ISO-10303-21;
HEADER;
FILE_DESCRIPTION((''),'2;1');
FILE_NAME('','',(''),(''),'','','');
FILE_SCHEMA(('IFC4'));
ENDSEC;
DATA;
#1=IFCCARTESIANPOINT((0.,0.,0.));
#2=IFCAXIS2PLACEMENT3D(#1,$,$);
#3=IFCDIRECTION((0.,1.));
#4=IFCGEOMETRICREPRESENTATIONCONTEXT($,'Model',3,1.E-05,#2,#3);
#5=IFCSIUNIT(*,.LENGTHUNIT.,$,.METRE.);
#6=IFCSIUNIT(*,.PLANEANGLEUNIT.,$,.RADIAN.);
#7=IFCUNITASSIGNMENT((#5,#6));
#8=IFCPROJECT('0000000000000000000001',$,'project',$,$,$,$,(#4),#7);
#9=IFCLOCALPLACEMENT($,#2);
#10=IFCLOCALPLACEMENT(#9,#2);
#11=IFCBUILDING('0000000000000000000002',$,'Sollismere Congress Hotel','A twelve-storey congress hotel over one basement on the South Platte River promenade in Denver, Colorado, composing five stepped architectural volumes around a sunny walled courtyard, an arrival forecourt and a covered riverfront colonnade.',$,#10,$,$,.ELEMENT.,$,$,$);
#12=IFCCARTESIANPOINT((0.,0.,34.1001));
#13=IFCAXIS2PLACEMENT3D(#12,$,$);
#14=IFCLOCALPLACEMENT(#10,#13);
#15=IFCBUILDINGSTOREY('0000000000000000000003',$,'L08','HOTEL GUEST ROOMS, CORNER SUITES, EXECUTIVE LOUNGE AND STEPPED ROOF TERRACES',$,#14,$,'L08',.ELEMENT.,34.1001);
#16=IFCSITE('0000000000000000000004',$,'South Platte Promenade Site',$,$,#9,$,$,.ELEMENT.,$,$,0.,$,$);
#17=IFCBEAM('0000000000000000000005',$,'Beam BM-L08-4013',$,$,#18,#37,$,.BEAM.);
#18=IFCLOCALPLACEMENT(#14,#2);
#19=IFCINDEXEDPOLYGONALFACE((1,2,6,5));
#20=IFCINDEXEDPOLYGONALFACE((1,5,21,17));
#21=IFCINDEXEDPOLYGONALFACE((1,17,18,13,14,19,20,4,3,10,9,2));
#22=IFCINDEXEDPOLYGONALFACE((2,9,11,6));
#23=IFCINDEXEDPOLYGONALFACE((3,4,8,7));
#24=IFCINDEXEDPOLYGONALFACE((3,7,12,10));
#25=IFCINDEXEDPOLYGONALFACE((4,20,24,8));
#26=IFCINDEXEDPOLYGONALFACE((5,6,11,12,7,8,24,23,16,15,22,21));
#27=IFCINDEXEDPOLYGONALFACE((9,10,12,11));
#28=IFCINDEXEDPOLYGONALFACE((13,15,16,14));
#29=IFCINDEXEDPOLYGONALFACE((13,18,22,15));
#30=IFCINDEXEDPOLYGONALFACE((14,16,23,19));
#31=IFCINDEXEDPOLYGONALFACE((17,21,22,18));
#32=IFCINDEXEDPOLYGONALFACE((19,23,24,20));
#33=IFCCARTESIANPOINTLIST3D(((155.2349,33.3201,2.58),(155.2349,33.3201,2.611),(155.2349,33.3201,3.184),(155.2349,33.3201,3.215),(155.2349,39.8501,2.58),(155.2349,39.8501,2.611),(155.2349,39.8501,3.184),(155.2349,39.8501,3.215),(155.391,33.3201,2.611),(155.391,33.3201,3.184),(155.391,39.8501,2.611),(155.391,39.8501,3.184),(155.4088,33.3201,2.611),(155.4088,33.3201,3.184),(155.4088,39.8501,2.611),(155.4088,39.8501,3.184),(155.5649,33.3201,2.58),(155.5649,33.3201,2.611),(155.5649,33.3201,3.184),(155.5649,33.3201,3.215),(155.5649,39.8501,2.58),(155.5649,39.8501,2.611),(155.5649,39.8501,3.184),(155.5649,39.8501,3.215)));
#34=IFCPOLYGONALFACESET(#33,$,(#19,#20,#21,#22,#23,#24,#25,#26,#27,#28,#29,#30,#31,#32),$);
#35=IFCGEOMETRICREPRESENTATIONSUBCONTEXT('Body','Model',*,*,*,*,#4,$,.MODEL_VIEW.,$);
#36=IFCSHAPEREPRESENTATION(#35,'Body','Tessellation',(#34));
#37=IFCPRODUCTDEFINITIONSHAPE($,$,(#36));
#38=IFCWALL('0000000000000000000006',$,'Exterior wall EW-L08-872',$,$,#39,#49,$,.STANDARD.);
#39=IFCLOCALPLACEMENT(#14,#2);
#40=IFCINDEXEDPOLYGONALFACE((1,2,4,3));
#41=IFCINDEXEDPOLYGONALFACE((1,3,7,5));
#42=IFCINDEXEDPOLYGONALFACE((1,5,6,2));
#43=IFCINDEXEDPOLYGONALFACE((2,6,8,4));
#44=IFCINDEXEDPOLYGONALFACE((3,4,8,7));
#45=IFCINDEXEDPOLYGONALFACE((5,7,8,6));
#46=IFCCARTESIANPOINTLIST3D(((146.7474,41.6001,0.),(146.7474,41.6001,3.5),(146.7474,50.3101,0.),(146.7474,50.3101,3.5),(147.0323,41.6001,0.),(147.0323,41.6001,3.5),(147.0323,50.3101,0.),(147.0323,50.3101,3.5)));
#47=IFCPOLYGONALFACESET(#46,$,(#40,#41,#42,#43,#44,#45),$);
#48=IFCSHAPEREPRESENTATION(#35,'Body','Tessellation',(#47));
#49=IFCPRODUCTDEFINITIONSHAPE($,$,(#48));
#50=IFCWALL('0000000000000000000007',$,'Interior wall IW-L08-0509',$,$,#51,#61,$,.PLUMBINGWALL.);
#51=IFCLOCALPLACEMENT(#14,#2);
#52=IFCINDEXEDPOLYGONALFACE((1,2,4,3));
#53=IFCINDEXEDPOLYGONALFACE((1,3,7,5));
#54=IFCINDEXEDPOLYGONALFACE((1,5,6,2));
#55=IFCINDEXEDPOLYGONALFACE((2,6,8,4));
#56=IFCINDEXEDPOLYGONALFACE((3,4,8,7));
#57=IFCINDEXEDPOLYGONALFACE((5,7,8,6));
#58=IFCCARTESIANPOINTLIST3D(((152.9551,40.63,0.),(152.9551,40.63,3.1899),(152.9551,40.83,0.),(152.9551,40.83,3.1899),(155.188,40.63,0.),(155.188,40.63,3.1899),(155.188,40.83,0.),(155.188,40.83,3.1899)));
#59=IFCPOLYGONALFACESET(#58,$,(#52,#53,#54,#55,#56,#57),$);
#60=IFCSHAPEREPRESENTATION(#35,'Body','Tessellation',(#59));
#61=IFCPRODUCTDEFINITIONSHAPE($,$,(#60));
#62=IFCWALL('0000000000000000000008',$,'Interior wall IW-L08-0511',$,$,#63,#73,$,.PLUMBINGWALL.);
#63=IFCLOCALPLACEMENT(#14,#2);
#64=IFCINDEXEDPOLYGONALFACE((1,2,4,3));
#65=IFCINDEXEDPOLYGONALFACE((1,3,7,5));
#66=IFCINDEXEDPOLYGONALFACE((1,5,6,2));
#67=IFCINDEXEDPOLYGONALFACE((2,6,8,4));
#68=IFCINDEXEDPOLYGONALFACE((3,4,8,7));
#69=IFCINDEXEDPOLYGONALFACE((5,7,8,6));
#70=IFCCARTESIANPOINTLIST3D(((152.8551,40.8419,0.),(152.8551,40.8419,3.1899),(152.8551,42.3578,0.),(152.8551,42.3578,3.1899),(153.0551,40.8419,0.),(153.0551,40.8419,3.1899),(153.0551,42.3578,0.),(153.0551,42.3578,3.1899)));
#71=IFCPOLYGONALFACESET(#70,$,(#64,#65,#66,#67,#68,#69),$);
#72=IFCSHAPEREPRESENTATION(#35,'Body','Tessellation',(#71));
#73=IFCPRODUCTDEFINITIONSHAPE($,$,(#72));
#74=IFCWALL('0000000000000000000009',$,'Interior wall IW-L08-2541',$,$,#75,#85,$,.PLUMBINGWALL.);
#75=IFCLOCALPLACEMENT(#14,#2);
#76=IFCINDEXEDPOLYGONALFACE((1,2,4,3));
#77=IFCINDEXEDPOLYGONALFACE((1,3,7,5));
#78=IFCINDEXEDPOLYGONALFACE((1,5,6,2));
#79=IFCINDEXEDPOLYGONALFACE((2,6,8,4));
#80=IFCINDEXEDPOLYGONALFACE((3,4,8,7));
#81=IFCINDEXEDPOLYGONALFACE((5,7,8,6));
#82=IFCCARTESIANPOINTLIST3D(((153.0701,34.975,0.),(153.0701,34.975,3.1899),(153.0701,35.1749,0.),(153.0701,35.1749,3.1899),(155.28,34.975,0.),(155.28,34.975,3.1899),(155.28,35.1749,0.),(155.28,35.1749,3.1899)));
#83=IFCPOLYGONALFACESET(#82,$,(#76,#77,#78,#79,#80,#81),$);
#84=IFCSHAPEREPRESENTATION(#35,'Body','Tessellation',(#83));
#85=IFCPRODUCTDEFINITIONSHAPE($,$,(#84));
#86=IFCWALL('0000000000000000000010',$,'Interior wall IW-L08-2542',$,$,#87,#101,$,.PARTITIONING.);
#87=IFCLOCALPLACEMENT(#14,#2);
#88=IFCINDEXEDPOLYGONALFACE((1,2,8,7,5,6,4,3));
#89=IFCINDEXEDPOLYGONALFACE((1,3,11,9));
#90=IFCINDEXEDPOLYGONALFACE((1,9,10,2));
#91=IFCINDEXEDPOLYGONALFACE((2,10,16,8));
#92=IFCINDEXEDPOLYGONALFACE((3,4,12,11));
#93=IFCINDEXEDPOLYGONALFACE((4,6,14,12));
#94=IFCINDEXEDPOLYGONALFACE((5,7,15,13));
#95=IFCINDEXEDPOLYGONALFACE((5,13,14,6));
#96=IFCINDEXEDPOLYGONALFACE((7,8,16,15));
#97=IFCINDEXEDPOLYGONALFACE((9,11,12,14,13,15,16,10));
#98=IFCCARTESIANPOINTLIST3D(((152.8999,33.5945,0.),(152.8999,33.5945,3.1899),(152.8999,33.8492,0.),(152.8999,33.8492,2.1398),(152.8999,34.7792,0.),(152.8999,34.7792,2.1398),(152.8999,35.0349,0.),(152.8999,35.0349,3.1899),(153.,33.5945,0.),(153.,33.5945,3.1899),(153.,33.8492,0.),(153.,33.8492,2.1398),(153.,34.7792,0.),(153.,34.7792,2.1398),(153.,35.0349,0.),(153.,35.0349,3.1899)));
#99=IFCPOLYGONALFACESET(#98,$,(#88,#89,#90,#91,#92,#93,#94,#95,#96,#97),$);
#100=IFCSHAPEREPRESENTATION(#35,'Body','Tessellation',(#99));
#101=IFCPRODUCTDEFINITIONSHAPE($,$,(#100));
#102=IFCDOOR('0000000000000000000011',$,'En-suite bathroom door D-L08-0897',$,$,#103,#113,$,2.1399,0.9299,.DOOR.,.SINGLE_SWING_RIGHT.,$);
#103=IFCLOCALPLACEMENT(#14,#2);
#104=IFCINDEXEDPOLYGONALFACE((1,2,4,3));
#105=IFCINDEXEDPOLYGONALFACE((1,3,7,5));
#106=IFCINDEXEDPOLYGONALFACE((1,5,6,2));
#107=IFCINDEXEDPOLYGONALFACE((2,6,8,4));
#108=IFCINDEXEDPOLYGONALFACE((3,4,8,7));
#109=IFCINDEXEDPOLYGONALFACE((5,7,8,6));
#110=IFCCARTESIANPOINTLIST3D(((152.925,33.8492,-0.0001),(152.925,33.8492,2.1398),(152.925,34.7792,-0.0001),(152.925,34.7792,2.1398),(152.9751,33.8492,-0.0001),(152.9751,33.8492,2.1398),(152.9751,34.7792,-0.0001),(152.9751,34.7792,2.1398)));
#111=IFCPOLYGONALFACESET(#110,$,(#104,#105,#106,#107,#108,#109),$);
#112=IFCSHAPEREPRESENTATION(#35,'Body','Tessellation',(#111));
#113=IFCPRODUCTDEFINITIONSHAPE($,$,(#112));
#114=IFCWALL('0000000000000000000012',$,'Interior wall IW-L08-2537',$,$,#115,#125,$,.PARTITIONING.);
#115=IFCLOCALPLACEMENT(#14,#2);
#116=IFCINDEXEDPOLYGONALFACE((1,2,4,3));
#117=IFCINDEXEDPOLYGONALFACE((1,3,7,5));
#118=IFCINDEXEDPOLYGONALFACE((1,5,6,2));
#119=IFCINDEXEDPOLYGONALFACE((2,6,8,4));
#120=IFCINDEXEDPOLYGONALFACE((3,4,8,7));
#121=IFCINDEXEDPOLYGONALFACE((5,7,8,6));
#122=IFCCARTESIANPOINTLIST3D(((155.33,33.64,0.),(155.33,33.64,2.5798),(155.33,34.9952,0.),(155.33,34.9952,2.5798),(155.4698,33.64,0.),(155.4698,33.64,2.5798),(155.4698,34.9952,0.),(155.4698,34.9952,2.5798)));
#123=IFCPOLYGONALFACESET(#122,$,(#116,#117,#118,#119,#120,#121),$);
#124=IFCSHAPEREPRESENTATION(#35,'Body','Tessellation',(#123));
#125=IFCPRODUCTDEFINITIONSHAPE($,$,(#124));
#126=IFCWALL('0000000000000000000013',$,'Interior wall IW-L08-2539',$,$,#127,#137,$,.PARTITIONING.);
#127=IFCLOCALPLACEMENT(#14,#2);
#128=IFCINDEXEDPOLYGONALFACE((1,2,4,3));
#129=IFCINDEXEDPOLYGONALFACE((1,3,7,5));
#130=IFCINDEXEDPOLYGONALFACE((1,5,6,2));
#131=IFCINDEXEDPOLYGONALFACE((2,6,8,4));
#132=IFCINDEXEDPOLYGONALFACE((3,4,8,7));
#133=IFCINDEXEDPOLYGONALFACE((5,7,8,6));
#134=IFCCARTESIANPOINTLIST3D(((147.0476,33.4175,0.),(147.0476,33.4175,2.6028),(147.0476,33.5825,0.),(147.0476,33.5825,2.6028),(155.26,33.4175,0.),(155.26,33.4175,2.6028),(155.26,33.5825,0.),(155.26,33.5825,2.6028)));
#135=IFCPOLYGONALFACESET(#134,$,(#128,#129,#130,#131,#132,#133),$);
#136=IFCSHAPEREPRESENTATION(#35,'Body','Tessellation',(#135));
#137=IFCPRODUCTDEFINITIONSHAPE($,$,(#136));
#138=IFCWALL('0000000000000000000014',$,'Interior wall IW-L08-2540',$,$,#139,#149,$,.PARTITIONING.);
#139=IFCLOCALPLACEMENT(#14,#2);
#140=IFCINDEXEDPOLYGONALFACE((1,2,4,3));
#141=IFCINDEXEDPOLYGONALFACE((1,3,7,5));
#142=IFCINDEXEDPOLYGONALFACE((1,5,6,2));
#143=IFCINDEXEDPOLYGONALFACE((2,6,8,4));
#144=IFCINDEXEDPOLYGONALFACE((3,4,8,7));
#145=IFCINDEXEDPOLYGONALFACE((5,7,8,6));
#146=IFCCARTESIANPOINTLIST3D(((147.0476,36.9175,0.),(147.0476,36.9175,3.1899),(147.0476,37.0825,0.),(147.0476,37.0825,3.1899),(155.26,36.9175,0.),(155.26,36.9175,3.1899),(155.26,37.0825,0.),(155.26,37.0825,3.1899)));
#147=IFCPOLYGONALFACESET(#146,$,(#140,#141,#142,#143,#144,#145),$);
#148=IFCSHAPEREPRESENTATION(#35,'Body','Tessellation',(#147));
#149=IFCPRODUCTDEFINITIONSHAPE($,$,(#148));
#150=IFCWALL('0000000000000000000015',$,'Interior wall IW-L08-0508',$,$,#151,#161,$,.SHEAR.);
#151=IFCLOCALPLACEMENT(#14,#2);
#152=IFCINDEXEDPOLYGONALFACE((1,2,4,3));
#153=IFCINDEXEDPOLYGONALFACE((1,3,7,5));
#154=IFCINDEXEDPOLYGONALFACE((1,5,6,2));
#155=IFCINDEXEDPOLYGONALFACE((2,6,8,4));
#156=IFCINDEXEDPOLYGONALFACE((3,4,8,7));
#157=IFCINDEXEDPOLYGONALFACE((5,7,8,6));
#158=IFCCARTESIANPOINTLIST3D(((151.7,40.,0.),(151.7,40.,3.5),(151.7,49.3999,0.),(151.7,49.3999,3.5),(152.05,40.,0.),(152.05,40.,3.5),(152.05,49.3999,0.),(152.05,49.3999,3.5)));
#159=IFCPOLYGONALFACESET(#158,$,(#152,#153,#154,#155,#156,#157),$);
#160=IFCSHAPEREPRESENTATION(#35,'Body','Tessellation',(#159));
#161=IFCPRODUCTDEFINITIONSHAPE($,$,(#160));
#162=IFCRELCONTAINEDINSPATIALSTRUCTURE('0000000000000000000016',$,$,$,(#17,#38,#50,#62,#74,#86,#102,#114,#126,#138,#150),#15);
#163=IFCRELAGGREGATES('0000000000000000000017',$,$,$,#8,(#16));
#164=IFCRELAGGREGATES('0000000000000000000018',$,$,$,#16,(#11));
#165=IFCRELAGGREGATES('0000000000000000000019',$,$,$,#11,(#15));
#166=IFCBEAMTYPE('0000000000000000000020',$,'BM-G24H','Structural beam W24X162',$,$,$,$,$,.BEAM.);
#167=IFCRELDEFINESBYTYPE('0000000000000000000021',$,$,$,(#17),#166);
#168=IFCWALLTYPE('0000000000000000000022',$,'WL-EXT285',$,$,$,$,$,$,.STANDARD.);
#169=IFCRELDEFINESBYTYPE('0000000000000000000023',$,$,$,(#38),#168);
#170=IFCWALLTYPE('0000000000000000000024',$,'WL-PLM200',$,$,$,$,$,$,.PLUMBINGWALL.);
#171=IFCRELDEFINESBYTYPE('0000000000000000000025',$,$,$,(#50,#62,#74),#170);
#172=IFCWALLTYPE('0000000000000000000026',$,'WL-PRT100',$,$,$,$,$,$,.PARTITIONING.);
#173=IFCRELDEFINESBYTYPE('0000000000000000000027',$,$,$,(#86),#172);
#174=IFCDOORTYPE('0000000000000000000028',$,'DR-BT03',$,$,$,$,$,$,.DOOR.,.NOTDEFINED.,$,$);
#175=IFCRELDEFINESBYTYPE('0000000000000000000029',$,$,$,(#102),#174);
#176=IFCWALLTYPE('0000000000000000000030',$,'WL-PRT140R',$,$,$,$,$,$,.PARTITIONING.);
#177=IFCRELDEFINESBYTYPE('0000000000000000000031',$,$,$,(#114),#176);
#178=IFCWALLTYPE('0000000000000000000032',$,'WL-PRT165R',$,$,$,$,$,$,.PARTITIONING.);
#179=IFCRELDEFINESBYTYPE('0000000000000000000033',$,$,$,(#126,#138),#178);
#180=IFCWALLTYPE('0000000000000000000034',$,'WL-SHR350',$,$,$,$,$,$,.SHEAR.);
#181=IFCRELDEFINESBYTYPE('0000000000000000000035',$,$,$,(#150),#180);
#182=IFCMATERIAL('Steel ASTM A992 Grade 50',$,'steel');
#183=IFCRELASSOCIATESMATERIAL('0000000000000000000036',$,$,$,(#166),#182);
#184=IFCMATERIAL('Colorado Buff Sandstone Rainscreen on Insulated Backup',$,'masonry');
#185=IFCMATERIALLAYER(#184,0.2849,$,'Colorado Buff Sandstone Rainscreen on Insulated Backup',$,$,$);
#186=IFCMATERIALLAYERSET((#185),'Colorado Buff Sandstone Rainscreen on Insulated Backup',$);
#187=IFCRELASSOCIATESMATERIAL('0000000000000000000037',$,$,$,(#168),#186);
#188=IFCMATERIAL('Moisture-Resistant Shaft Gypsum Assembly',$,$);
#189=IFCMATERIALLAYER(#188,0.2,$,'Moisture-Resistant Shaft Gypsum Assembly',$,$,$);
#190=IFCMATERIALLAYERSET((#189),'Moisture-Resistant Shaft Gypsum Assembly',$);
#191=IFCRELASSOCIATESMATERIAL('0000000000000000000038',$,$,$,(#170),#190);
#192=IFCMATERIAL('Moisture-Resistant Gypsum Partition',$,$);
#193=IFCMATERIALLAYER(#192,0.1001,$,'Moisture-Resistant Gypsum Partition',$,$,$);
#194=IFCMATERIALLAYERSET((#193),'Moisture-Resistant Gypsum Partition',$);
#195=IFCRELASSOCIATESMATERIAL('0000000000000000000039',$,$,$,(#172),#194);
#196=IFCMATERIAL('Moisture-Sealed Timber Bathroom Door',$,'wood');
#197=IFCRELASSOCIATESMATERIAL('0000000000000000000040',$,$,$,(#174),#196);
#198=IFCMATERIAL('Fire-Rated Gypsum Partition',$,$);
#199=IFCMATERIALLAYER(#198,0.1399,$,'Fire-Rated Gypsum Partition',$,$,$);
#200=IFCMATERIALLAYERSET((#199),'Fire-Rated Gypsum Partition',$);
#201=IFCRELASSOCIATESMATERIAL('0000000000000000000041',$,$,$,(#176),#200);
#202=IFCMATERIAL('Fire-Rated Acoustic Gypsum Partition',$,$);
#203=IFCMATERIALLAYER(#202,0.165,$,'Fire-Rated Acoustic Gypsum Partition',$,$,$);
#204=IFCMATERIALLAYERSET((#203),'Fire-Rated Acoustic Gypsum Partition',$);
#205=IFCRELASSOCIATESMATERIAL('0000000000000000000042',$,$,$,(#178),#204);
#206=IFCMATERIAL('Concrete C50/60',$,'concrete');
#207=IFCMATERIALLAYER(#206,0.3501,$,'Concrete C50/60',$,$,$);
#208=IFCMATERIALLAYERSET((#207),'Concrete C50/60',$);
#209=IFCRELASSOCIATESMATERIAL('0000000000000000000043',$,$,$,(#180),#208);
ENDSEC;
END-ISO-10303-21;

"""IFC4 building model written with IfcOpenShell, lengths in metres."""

from ifc_helpers import new_model, si_unit, direction, frame, frame_2d, origin, origin_2d, place, context, subcontext, project, spatial, rectangle, i_section, extrude, material, layer, layer_set, material_profile, profile_set, type_object, element, fill, save


model = new_model("IFC4")

# Units and contexts
model_context = context("Model", 3, precision=1e-05, world=origin(), true_north=direction((0.0, 1.0)))
body_context = subcontext(model_context, "Body", "Model", "MODEL_VIEW")
ifc_project = project(units=[si_unit("LENGTHUNIT", "METRE"), si_unit("PLANEANGLEUNIT", "RADIAN")], contexts=[model_context])

# Site, building, storey
site_placement = place(None, origin())
site = spatial("IfcSite", under=ifc_project, at=site_placement, Name="South Platte Promenade Site", CompositionType="ELEMENT", RefElevation=0.0)
building_placement = place(site_placement, origin())
building = spatial("IfcBuilding", under=site, at=building_placement, Name="Sollismere Congress Hotel", Description="A twelve-storey congress hotel over one basement on the South Platte River promenade in Denver, Colorado, composing five stepped architectural volumes around a sunny walled courtyard, an arrival forecourt and a covered riverfront colonnade.", CompositionType="ELEMENT")
storey_placement = place(building_placement, frame((0.0, 0.0, 34.1001)))
storey = spatial("IfcBuildingStorey", under=building, at=storey_placement, Name="L08", Description="HOTEL GUEST ROOMS, CORNER SUITES, EXECUTIVE LOUNGE AND STEPPED ROOF TERRACES", LongName="L08", CompositionType="ELEMENT", Elevation=34.1001)

# Beam
ifc_material_1 = material(Name="Steel ASTM A992 Grade 50", Category="steel")
ifc_material_profile = material_profile(ifc_material_1, i_section(OverallWidth=0.3301, OverallDepth=0.635, WebThickness=0.0178, FlangeThickness=0.031, at=origin_2d()), Name="W24X162")
ifc_profile_set = profile_set([ifc_material_profile], Name="Steel ASTM A992 Grade 50")
beam_type = type_object("IfcBeamType", Name="BM-G24H", Description="Structural beam W24X162", PredefinedType="BEAM", material=ifc_profile_set)
beam_placement = place(storey_placement, frame((155.3999, 33.3201, 2.8975), z_axis=(0.0, 1.0, 0.0), x_axis=(-1.0, 0.0, 0.0)))
element("IfcBeam", 1, at=beam_placement, inside=storey, type_object=beam_type, Name="Beam BM-L08-4013", PredefinedType="BEAM", context=body_context, shape_type="SweptSolid", body=[
    extrude(i_section(OverallWidth=0.3301, OverallDepth=0.635, WebThickness=0.0178, FlangeThickness=0.031, at=origin_2d()), origin(), (0.0, 0.0, 1.0), 6.53),
])

# Walls
ifc_material_2 = material(Name="Colorado Buff Sandstone Rainscreen on Insulated Backup", Category="masonry")
ifc_layer_1 = layer(ifc_material_2, 0.2849, Name="Colorado Buff Sandstone Rainscreen on Insulated Backup")
ifc_layer_set_1 = layer_set([ifc_layer_1], Name="Colorado Buff Sandstone Rainscreen on Insulated Backup")
wall_type_1 = type_object("IfcWallType", Name="WL-EXT285", PredefinedType="STANDARD", material=ifc_layer_set_1)
wall_1_placement = place(storey_placement, frame((146.8899, 41.6001, 0.0), z_axis=(0.0, 0.0, 1.0), x_axis=(0.0, 1.0, 0.0)))
element("IfcWall", 2, at=wall_1_placement, inside=storey, type_object=wall_type_1, Name="Exterior wall EW-L08-872", PredefinedType="STANDARD", context=body_context, shape_type="SweptSolid", body=[
    extrude(rectangle(XDim=8.71, YDim=0.2849, at=frame_2d((4.355, 0.0))), origin(), (0.0, 0.0, 1.0), 3.5),
])
ifc_material_3 = material(Name="Moisture-Resistant Shaft Gypsum Assembly")
ifc_layer_2 = layer(ifc_material_3, 0.2, Name="Moisture-Resistant Shaft Gypsum Assembly")
ifc_layer_set_2 = layer_set([ifc_layer_2], Name="Moisture-Resistant Shaft Gypsum Assembly")
wall_type_2 = type_object("IfcWallType", Name="WL-PLM200", PredefinedType="PLUMBINGWALL", material=ifc_layer_set_2)
wall_2_placement = place(storey_placement, frame((152.9551, 40.73, 0.0), z_axis=(0.0, 0.0, 1.0), x_axis=(1.0, 0.0, 0.0)))
element("IfcWall", 3, at=wall_2_placement, inside=storey, type_object=wall_type_2, Name="Interior wall IW-L08-0509", PredefinedType="PLUMBINGWALL", context=body_context, shape_type="SweptSolid", body=[
    extrude(rectangle(XDim=2.2329, YDim=0.2, at=frame_2d((1.1165, 0.0))), origin(), (0.0, 0.0, 1.0), 3.1899),
])
wall_3_placement = place(storey_placement, frame((152.9551, 40.842, 0.0), z_axis=(0.0, 0.0, 1.0), x_axis=(0.0, 1.0, 0.0)))
element("IfcWall", 4, at=wall_3_placement, inside=storey, type_object=wall_type_2, Name="Interior wall IW-L08-0511", PredefinedType="PLUMBINGWALL", context=body_context, shape_type="SweptSolid", body=[
    extrude(rectangle(XDim=1.5159, YDim=0.2, at=frame_2d((0.7578, 0.0))), origin(), (0.0, 0.0, 1.0), 3.1899),
])
wall_4_placement = place(storey_placement, frame((153.0701, 35.075, 0.0), z_axis=(0.0, 0.0, 1.0), x_axis=(1.0, 0.0, 0.0)))
element("IfcWall", 5, at=wall_4_placement, inside=storey, type_object=wall_type_2, Name="Interior wall IW-L08-2541", PredefinedType="PLUMBINGWALL", context=body_context, shape_type="SweptSolid", body=[
    extrude(rectangle(XDim=2.21, YDim=0.2, at=frame_2d((1.105, 0.0))), origin(), (0.0, 0.0, 1.0), 3.1899),
])

# Wall, opening, door
ifc_material_4 = material(Name="Moisture-Resistant Gypsum Partition")
ifc_layer_3 = layer(ifc_material_4, 0.1001, Name="Moisture-Resistant Gypsum Partition")
ifc_layer_set_3 = layer_set([ifc_layer_3], Name="Moisture-Resistant Gypsum Partition")
wall_type_3 = type_object("IfcWallType", Name="WL-PRT100", PredefinedType="PARTITIONING", material=ifc_layer_set_3)
wall_5_placement = place(storey_placement, frame((152.95, 33.5945, 0.0), z_axis=(0.0, 0.0, 1.0), x_axis=(0.0, 1.0, 0.0)))
wall_5 = element("IfcWall", 6, at=wall_5_placement, inside=storey, type_object=wall_type_3, Name="Interior wall IW-L08-2542", PredefinedType="PARTITIONING", context=body_context, shape_type="SweptSolid", body=[
    extrude(rectangle(XDim=1.4404, YDim=0.1001, at=frame_2d((0.7202, 0.0))), origin(), (0.0, 0.0, 1.0), 3.1899),
])
opening_1_placement = place(wall_5_placement, frame((0.2549, 0.0, 0.0)))
opening_1 = element("IfcOpeningElement", 7, at=opening_1_placement, cuts=wall_5, PredefinedType="OPENING", context=body_context, shape_type="SweptSolid", body=[
    extrude(rectangle(XDim=0.9299, YDim=2.1399, at=frame_2d((0.4648, 1.0698))), frame((0.0, 0.0601, 0.0), z_axis=(0.0, -1.0, 0.0), x_axis=(1.0, 0.0, 0.0)), (0.0, 0.0, 1.0), 0.1201),
])
ifc_material_5 = material(Name="Moisture-Sealed Timber Bathroom Door", Category="wood")
door_type_1 = type_object("IfcDoorType", Name="DR-BT03", OperationType="NOTDEFINED", PredefinedType="DOOR", material=ifc_material_5)
door_1_placement = place(opening_1_placement, origin())
door_1 = element("IfcDoor", 8, at=door_1_placement, inside=storey, type_object=door_type_1, Name="En-suite bathroom door D-L08-0897", OperationType="SINGLE_SWING_RIGHT", OverallHeight=2.1399, OverallWidth=0.9299, PredefinedType="DOOR", context=body_context, shape_type="SweptSolid", body=[
    extrude(rectangle(XDim=0.9299, YDim=2.1399, at=frame_2d((0.4648, 1.0698))), frame((0.0, 0.0249, 0.0), z_axis=(0.0, -1.0, 0.0), x_axis=(1.0, 0.0, 0.0)), (0.0, 0.0, 1.0), 0.05),
])
fill(opening_1, door_1)

# Wall
ifc_material_6 = material(Name="Fire-Rated Gypsum Partition")
ifc_layer_4 = layer(ifc_material_6, 0.1399, Name="Fire-Rated Gypsum Partition")
ifc_layer_set_4 = layer_set([ifc_layer_4], Name="Fire-Rated Gypsum Partition")
wall_type_4 = type_object("IfcWallType", Name="WL-PRT140R", PredefinedType="PARTITIONING", material=ifc_layer_set_4)
wall_6_placement = place(storey_placement, frame((155.3999, 33.6399, 0.0), z_axis=(0.0, 0.0, 1.0), x_axis=(0.0, 1.0, 0.0)))
element("IfcWall", 9, at=wall_6_placement, inside=storey, type_object=wall_type_4, Name="Interior wall IW-L08-2537", PredefinedType="PARTITIONING", context=body_context, shape_type="SweptSolid", body=[
    extrude(rectangle(XDim=1.3552, YDim=0.1399, at=frame_2d((0.6777, 0.0))), origin(), (0.0, 0.0, 1.0), 2.5798),
])

# Walls
ifc_material_7 = material(Name="Fire-Rated Acoustic Gypsum Partition")
ifc_layer_5 = layer(ifc_material_7, 0.165, Name="Fire-Rated Acoustic Gypsum Partition")
ifc_layer_set_5 = layer_set([ifc_layer_5], Name="Fire-Rated Acoustic Gypsum Partition")
wall_type_5 = type_object("IfcWallType", Name="WL-PRT165R", PredefinedType="PARTITIONING", material=ifc_layer_set_5)
wall_7_placement = place(storey_placement, frame((147.0476, 33.5, 0.0), z_axis=(0.0, 0.0, 1.0), x_axis=(1.0, 0.0, 0.0)))
element("IfcWall", 10, at=wall_7_placement, inside=storey, type_object=wall_type_5, Name="Interior wall IW-L08-2539", PredefinedType="PARTITIONING", context=body_context, shape_type="SweptSolid", body=[
    extrude(rectangle(XDim=8.2124, YDim=0.165, at=frame_2d((4.1062, 0.0))), origin(), (0.0, 0.0, 1.0), 2.6028),
])
wall_8_placement = place(storey_placement, frame((147.0476, 37.0, 0.0), z_axis=(0.0, 0.0, 1.0), x_axis=(1.0, 0.0, 0.0)))
element("IfcWall", 11, at=wall_8_placement, inside=storey, type_object=wall_type_5, Name="Interior wall IW-L08-2540", PredefinedType="PARTITIONING", context=body_context, shape_type="SweptSolid", body=[
    extrude(rectangle(XDim=8.2124, YDim=0.165, at=frame_2d((4.1062, 0.0))), origin(), (0.0, 0.0, 1.0), 3.1899),
])
ifc_material_8 = material(Name="Concrete C50/60", Category="concrete")
ifc_layer_6 = layer(ifc_material_8, 0.3501, Name="Concrete C50/60")
ifc_layer_set_6 = layer_set([ifc_layer_6], Name="Concrete C50/60")
wall_type_6 = type_object("IfcWallType", Name="WL-SHR350", PredefinedType="SHEAR", material=ifc_layer_set_6)
wall_9_placement = place(storey_placement, frame((151.875, 40.0, 0.0), z_axis=(0.0, 0.0, 1.0), x_axis=(0.0, 1.0, 0.0)))
element("IfcWall", 12, at=wall_9_placement, inside=storey, type_object=wall_type_6, Name="Interior wall IW-L08-0508", PredefinedType="SHEAR", context=body_context, shape_type="SweptSolid", body=[
    extrude(rectangle(XDim=9.3999, YDim=0.3501, at=frame_2d((4.7, 0.0))), origin(), (0.0, 0.0, 1.0), 3.5),
])

save(model, "model.ifc")
